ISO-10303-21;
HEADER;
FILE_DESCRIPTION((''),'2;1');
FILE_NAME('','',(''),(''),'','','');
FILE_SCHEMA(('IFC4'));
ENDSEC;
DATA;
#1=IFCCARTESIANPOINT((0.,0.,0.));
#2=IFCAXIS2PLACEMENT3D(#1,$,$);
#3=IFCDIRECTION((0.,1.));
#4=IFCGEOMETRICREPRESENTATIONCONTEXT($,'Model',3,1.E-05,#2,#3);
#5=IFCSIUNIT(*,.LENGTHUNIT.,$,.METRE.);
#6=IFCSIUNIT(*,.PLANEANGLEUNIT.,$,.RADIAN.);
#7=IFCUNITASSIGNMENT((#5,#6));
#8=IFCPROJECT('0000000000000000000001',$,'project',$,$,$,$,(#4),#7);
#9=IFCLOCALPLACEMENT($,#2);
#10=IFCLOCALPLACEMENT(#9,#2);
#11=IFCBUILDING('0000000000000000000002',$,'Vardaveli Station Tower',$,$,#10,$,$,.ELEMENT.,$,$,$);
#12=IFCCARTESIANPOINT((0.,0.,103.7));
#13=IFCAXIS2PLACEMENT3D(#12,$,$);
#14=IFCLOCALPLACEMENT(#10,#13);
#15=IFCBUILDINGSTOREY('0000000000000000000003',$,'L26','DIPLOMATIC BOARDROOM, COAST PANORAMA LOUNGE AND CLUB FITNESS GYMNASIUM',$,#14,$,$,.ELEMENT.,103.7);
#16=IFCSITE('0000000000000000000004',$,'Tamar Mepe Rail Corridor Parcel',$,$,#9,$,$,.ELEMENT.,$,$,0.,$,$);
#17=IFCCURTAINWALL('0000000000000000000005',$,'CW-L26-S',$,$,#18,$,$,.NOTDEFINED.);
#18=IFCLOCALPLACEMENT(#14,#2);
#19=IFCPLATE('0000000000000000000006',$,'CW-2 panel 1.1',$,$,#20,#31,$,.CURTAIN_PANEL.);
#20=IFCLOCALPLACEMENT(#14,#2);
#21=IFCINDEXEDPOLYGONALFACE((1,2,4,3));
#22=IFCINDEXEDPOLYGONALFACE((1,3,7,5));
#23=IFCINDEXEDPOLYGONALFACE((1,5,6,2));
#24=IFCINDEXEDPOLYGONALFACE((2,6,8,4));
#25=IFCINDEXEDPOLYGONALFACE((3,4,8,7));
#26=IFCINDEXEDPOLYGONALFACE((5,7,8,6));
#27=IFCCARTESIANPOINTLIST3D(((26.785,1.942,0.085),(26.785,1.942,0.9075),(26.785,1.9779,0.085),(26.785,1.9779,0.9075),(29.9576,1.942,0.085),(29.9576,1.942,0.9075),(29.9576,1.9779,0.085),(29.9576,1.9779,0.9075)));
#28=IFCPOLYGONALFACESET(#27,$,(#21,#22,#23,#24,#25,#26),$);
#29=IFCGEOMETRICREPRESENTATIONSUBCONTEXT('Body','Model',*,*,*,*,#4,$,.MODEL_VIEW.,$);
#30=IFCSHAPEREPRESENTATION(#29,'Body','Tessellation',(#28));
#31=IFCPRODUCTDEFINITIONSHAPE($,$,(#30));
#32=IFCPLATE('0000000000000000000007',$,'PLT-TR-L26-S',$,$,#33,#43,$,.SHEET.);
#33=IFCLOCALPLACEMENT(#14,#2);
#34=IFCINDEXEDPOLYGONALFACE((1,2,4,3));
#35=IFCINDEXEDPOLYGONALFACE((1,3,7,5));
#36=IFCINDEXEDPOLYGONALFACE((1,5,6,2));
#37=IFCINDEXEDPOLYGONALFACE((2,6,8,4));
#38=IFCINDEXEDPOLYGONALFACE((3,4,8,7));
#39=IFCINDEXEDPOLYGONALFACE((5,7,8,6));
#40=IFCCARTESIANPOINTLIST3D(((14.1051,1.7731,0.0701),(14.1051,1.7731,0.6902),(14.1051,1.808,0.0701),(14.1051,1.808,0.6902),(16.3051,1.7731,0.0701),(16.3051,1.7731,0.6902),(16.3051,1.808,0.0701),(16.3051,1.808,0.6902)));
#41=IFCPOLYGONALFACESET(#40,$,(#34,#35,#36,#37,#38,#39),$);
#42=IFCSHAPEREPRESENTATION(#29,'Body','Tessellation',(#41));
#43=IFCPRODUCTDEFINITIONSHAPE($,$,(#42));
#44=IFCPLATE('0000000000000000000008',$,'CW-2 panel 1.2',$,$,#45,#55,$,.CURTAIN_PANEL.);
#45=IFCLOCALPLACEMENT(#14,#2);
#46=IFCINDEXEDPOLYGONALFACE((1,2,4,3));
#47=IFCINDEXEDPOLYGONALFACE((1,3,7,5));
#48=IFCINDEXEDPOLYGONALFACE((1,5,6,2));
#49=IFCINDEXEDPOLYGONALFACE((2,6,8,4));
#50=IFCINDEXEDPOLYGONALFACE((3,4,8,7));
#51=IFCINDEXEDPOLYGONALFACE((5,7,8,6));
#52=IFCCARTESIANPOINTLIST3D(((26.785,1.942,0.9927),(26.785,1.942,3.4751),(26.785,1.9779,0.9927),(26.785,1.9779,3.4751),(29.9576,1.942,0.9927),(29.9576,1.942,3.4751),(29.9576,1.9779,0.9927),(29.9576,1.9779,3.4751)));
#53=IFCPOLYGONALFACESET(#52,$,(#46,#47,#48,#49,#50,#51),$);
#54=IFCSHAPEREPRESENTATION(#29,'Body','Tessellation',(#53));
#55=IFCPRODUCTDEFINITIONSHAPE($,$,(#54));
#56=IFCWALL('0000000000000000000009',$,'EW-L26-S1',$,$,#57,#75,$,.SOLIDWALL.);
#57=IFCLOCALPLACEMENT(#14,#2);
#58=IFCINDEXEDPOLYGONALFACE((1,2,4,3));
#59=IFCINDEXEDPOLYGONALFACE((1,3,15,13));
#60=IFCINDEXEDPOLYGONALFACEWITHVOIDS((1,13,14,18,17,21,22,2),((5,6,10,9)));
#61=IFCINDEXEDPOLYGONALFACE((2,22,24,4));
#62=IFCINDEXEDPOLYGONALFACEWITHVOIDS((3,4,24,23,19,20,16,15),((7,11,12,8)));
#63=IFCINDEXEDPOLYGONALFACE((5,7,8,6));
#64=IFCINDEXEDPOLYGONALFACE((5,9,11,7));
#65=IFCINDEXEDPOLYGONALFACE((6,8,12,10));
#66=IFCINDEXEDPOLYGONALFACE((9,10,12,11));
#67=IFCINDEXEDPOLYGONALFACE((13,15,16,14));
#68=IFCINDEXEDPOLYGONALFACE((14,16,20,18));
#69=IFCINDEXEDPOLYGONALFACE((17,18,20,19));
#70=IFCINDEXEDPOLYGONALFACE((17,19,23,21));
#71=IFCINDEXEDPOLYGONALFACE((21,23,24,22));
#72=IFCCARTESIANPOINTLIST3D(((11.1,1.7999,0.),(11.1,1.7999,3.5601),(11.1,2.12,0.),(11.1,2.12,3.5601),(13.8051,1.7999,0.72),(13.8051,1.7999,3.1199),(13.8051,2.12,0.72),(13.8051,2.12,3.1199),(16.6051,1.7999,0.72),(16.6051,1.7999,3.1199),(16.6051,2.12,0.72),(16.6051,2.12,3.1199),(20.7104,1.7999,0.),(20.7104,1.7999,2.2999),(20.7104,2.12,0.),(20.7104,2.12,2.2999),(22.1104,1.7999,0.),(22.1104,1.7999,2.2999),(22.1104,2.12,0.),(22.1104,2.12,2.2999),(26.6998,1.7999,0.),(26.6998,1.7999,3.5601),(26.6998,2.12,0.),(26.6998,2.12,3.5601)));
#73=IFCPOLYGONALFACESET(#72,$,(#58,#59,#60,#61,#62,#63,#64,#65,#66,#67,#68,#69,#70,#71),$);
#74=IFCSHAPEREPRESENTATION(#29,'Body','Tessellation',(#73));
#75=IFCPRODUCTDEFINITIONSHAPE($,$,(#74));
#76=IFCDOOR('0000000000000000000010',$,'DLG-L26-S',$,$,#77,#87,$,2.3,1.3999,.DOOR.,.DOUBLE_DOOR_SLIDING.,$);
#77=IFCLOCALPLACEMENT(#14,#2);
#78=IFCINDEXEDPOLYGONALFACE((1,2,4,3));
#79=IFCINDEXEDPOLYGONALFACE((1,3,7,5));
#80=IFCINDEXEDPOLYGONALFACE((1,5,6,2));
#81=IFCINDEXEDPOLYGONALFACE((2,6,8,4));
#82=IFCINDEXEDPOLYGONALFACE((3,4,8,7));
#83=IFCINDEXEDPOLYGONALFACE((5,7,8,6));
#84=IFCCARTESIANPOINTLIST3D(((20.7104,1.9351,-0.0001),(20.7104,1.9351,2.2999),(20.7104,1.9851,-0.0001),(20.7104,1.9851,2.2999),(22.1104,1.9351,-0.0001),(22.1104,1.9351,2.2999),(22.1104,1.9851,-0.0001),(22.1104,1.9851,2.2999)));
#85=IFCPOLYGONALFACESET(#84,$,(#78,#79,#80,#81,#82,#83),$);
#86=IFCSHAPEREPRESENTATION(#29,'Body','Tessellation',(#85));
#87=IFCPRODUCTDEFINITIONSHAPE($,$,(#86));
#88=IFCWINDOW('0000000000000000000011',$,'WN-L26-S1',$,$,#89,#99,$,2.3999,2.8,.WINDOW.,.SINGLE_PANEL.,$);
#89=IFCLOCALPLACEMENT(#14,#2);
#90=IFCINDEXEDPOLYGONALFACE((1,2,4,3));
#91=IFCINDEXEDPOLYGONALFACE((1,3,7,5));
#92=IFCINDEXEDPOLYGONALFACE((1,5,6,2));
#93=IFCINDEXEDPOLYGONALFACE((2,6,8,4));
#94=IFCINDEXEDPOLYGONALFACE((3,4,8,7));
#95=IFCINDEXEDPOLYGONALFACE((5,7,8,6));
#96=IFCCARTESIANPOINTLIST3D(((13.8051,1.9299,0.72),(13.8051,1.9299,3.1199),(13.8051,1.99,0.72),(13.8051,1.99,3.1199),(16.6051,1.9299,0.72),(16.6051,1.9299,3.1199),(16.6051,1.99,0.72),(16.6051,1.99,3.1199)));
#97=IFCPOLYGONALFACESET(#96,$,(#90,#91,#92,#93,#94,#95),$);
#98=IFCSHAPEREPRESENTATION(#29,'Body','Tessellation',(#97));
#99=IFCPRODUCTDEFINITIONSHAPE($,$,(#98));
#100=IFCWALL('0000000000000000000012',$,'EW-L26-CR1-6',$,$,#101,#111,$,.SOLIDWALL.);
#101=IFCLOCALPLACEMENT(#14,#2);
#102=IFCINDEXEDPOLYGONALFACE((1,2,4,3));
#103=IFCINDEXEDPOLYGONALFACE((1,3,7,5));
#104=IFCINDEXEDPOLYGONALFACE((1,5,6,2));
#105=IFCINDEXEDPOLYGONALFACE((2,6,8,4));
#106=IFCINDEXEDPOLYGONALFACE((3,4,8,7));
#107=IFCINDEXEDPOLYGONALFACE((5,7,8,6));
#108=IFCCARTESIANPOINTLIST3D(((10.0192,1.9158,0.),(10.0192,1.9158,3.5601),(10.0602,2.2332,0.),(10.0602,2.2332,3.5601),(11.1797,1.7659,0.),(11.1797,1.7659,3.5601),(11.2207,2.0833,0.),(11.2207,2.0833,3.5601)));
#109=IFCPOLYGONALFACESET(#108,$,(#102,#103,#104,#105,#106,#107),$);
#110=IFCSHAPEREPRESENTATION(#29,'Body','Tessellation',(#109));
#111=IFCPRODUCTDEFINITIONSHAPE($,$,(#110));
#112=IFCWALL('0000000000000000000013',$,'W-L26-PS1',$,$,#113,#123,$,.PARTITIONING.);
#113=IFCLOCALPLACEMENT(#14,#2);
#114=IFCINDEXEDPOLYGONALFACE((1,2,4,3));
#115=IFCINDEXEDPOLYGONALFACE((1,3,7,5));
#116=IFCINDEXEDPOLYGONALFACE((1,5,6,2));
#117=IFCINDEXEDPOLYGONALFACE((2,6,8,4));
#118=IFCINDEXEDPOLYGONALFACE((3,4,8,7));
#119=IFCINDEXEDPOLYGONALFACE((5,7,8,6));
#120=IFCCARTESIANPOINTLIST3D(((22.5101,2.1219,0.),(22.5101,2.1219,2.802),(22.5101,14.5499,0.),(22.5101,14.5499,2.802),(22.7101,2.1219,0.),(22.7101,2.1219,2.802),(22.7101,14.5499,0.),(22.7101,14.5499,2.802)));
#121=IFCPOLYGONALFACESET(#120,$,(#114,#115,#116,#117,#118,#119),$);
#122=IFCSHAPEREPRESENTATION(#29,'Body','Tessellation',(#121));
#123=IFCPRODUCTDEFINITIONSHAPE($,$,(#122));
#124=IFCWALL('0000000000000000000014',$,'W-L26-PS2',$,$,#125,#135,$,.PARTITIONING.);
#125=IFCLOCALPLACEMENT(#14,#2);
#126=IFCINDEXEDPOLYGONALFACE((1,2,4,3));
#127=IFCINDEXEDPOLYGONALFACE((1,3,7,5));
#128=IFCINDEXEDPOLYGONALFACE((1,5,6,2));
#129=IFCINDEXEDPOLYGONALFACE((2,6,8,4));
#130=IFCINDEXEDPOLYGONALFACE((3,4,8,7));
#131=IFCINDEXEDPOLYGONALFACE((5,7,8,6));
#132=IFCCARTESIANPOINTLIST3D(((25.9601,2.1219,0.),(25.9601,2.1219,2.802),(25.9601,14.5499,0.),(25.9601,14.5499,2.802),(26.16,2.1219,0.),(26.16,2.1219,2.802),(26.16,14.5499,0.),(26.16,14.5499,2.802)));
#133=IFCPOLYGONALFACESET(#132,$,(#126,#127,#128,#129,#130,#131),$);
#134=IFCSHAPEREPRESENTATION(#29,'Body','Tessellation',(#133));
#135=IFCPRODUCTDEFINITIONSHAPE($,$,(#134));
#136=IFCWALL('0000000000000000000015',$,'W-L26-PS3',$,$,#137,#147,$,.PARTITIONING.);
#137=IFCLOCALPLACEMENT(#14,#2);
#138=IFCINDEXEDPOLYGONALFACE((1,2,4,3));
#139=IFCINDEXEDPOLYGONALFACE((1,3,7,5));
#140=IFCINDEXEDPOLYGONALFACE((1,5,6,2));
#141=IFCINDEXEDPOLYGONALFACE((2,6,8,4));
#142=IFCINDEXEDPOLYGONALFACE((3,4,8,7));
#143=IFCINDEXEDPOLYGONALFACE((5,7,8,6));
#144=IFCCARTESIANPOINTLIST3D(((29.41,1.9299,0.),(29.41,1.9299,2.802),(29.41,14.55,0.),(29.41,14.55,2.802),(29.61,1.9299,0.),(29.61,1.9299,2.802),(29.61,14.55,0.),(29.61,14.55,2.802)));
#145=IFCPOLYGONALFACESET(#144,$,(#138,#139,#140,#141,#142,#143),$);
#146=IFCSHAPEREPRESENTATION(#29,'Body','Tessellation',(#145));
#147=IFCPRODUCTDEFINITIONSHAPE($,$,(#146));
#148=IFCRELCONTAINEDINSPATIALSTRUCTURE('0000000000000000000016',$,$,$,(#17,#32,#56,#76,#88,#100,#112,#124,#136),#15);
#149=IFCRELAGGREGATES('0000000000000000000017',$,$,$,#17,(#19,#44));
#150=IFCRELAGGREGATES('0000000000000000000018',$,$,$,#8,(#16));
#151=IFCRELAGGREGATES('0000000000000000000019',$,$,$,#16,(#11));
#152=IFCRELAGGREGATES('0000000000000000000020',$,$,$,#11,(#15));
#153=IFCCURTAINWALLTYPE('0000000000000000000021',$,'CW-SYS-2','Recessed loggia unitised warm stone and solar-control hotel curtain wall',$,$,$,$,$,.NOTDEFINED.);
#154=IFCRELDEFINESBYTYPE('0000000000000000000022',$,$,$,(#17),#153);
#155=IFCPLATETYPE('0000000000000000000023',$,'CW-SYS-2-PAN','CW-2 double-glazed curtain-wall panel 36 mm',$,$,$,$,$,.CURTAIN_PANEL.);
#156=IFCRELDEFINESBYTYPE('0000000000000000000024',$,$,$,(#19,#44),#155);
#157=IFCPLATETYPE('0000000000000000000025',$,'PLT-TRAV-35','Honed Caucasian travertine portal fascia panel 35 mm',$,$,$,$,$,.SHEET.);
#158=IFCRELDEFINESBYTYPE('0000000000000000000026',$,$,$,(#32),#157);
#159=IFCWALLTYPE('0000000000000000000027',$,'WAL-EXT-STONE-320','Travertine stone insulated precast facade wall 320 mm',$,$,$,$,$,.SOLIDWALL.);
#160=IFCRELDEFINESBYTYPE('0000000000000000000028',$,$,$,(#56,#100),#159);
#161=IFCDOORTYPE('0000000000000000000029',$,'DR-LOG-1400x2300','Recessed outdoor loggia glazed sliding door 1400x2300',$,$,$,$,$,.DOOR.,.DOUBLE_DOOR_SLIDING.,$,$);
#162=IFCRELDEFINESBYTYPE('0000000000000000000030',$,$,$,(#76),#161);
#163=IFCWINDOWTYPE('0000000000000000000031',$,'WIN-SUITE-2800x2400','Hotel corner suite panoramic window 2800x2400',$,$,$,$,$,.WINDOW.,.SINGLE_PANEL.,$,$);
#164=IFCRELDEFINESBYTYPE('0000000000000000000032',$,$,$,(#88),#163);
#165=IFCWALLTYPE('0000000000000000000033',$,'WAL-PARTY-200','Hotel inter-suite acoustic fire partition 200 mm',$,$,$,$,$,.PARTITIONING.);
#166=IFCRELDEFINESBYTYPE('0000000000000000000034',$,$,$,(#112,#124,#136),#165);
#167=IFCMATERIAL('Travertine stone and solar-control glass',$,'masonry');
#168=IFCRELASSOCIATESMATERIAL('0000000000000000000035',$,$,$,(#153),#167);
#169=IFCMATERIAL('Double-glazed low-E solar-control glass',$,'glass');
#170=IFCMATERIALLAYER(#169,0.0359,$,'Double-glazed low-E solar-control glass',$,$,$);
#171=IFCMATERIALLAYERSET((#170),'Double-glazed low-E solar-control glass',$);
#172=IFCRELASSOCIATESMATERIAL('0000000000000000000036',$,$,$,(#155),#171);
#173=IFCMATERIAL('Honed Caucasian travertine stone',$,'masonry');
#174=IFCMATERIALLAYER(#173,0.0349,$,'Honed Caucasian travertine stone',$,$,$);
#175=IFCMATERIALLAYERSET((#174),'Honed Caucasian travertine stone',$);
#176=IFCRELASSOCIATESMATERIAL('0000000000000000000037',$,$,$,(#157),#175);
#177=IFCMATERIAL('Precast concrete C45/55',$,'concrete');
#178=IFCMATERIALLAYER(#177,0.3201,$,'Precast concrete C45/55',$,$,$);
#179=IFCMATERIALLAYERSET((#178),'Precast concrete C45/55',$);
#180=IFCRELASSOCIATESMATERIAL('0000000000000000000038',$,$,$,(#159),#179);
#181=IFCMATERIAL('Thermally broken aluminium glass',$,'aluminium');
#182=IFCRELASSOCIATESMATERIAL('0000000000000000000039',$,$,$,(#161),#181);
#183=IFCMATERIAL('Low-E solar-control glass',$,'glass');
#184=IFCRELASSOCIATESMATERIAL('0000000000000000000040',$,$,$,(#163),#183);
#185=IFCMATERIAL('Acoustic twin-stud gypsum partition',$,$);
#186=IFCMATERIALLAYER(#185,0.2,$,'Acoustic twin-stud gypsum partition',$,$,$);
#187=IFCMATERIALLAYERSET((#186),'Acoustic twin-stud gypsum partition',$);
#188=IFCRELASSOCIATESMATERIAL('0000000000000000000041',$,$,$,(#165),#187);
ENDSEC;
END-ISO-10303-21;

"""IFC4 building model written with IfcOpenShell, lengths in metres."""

from ifc_helpers import new_model, si_unit, direction, frame, frame_2d, origin, origin_2d, place, context, subcontext, project, spatial, rectangle, extrude, source, transform, mapped, material, layer, layer_set, type_object, element, fill, aggregate, save


model = new_model("IFC4")

# Units and contexts
model_context = context("Model", 3, precision=1e-05, world=origin(), true_north=direction((0.0, 1.0)))
body_context = subcontext(model_context, "Body", "Model", "MODEL_VIEW")
ifc_project = project(units=[si_unit("LENGTHUNIT", "METRE"), si_unit("PLANEANGLEUNIT", "RADIAN")], contexts=[model_context])

# Site, building, storey
site_placement = place(None, origin())
site = spatial("IfcSite", under=ifc_project, at=site_placement, Name="Tamar Mepe Rail Corridor Parcel", CompositionType="ELEMENT", RefElevation=0.0)
building_placement = place(site_placement, origin())
building = spatial("IfcBuilding", under=site, at=building_placement, Name="Vardaveli Station Tower", CompositionType="ELEMENT")
storey_placement = place(building_placement, frame((0.0, 0.0, 103.7)))
storey = spatial("IfcBuildingStorey", under=building, at=storey_placement, Name="L26", Description="DIPLOMATIC BOARDROOM, COAST PANORAMA LOUNGE AND CLUB FITNESS GYMNASIUM", CompositionType="ELEMENT", Elevation=103.7)

# Shared definitions
ifc_material_1 = material(Name="Precast concrete C45/55", Category="concrete")

# Curtain wall, plate
ifc_material_2 = material(Name="Travertine stone and solar-control glass", Category="masonry")
curtain_wall_type = type_object("IfcCurtainWallType", Name="CW-SYS-2", Description="Recessed loggia unitised warm stone and solar-control hotel curtain wall", PredefinedType="NOTDEFINED", material=ifc_material_2)
curtain_wall_placement = place(storey_placement, origin())
curtain_wall = element("IfcCurtainWall", 1, at=curtain_wall_placement, inside=storey, type_object=curtain_wall_type, Name="CW-L26-S", PredefinedType="NOTDEFINED")
ifc_material_3 = material(Name="Double-glazed low-E solar-control glass", Category="glass")
ifc_layer_1 = layer(ifc_material_3, 0.0359, Name="Double-glazed low-E solar-control glass")
ifc_layer_set_1 = layer_set([ifc_layer_1], Name="Double-glazed low-E solar-control glass")
plate_type_1 = type_object("IfcPlateType", Name="CW-SYS-2-PAN", Description="CW-2 double-glazed curtain-wall panel 36 mm", PredefinedType="CURTAIN_PANEL", material=ifc_layer_set_1)
shared_shape_1 = source(origin(), body_context, "Body", "SweptSolid", [
    extrude(rectangle(XDim=3.1726, YDim=0.0359, at=origin_2d()), origin(), (0.0, 0.0, 1.0), 0.8225),
])
plate_1_placement = place(storey_placement, frame((28.3713, 1.96, 0.085), z_axis=(0.0, 0.0, 1.0), x_axis=(1.0, 0.0, 0.0)))
plate_1 = element("IfcPlate", 2, at=plate_1_placement, type_object=plate_type_1, Name="CW-2 panel 1.1", PredefinedType="CURTAIN_PANEL", context=body_context, shape_type="MappedRepresentation", body=[
    mapped(shared_shape_1, transform((0.0, 0.0, 0.0), scale=1.0)),
])

# Plates
ifc_material_4 = material(Name="Honed Caucasian travertine stone", Category="masonry")
ifc_layer_2 = layer(ifc_material_4, 0.0349, Name="Honed Caucasian travertine stone")
ifc_layer_set_2 = layer_set([ifc_layer_2], Name="Honed Caucasian travertine stone")
plate_type_2 = type_object("IfcPlateType", Name="PLT-TRAV-35", Description="Honed Caucasian travertine portal fascia panel 35 mm", PredefinedType="SHEET", material=ifc_layer_set_2)
shared_shape_2 = source(origin(), body_context, "Body", "SweptSolid", [
    extrude(rectangle(XDim=2.2, YDim=0.0349, at=origin_2d()), origin(), (0.0, 0.0, 1.0), 0.6201),
])
plate_2_placement = place(storey_placement, frame((15.2051, 1.7905, 0.0701), z_axis=(0.0, 0.0, 1.0), x_axis=(1.0, 0.0, 0.0)))
element("IfcPlate", 3, at=plate_2_placement, inside=storey, type_object=plate_type_2, Name="PLT-TR-L26-S", PredefinedType="SHEET", context=body_context, shape_type="MappedRepresentation", body=[
    mapped(shared_shape_2, transform((0.0, 0.0, 0.0), scale=1.0)),
])
shared_shape_3 = source(origin(), body_context, "Body", "SweptSolid", [
    extrude(rectangle(XDim=3.1726, YDim=0.0359, at=origin_2d()), origin(), (0.0, 0.0, 1.0), 2.4824),
])
plate_3_placement = place(storey_placement, frame((28.3713, 1.96, 0.9927), z_axis=(0.0, 0.0, 1.0), x_axis=(1.0, 0.0, 0.0)))
plate_3 = element("IfcPlate", 4, at=plate_3_placement, type_object=plate_type_1, Name="CW-2 panel 1.2", PredefinedType="CURTAIN_PANEL", context=body_context, shape_type="MappedRepresentation", body=[
    mapped(shared_shape_3, transform((0.0, 0.0, 0.0), scale=1.0)),
])
aggregate(curtain_wall, [plate_1, plate_3])

# Wall, openings, door, window
ifc_layer_3 = layer(ifc_material_1, 0.3201, Name="Precast concrete C45/55")
ifc_layer_set_3 = layer_set([ifc_layer_3], Name="Precast concrete C45/55")
wall_type_1 = type_object("IfcWallType", Name="WAL-EXT-STONE-320", Description="Travertine stone insulated precast facade wall 320 mm", PredefinedType="SOLIDWALL", material=ifc_layer_set_3)
shared_shape_4 = source(origin(), body_context, "Body", "SweptSolid", [
    extrude(rectangle(XDim=15.5999, YDim=0.3201, at=frame_2d((7.7998, 0.0))), origin(), (0.0, 0.0, 1.0), 3.5601),
])
wall_1_placement = place(storey_placement, frame((11.1001, 1.96, 0.0), z_axis=(0.0, 0.0, 1.0), x_axis=(1.0, 0.0, 0.0)))
wall_1 = element("IfcWall", 5, at=wall_1_placement, inside=storey, type_object=wall_type_1, Name="EW-L26-S1", PredefinedType="SOLIDWALL", context=body_context, shape_type="MappedRepresentation", body=[
    mapped(shared_shape_4, transform((0.0, 0.0, 0.0), scale=1.0)),
])
shared_shape_5 = source(origin(), body_context, "Body", "SweptSolid", [
    extrude(rectangle(XDim=1.3999, YDim=2.3, at=frame_2d((0.7, 1.1499))), frame((0.0, 0.1699, 0.0), z_axis=(0.0, -1.0, 0.0), x_axis=(1.0, 0.0, 0.0)), (0.0, 0.0, 1.0), 0.3401),
])
opening_1_placement = place(wall_1_placement, frame((9.6104, 0.0, 0.0)))
opening_1 = element("IfcOpeningElement", 6, at=opening_1_placement, cuts=wall_1, PredefinedType="OPENING", context=body_context, shape_type="MappedRepresentation", body=[
    mapped(shared_shape_5, transform((0.0, 0.0, 0.0), scale=1.0)),
])
shared_shape_6 = source(origin(), body_context, "Body", "SweptSolid", [
    extrude(rectangle(XDim=2.8, YDim=2.3999, at=frame_2d((1.3999, 1.2))), frame((0.0, 0.1699, 0.0), z_axis=(0.0, -1.0, 0.0), x_axis=(1.0, 0.0, 0.0)), (0.0, 0.0, 1.0), 0.3401),
])
opening_2_placement = place(wall_1_placement, frame((2.7051, 0.0, 0.72)))
opening_2 = element("IfcOpeningElement", 7, at=opening_2_placement, cuts=wall_1, PredefinedType="OPENING", context=body_context, shape_type="MappedRepresentation", body=[
    mapped(shared_shape_6, transform((0.0, 0.0, 0.0), scale=1.0)),
])
ifc_material_5 = material(Name="Thermally broken aluminium glass", Category="aluminium")
door_type = type_object("IfcDoorType", Name="DR-LOG-1400x2300", Description="Recessed outdoor loggia glazed sliding door 1400x2300", OperationType="DOUBLE_DOOR_SLIDING", PredefinedType="DOOR", material=ifc_material_5)
shared_shape_7 = source(origin(), body_context, "Body", "SweptSolid", [
    extrude(rectangle(XDim=1.3999, YDim=2.3, at=frame_2d((0.7, 1.1499))), frame((0.0, 0.0249, 0.0), z_axis=(0.0, -1.0, 0.0), x_axis=(1.0, 0.0, 0.0)), (0.0, 0.0, 1.0), 0.05),
])
door_placement = place(opening_1_placement, frame((1.3999, 0.0, 0.0), z_axis=(0.0, 0.0, 1.0), x_axis=(-1.0, 0.0, 0.0)))
door = element("IfcDoor", 8, at=door_placement, inside=storey, type_object=door_type, Name="DLG-L26-S", OperationType="DOUBLE_DOOR_SLIDING", OverallHeight=2.3, OverallWidth=1.3999, PredefinedType="DOOR", context=body_context, shape_type="MappedRepresentation", body=[
    mapped(shared_shape_7, transform((0.0, 0.0, 0.0), scale=1.0)),
])
fill(opening_1, door)
ifc_material_6 = material(Name="Low-E solar-control glass", Category="glass")
window_type = type_object("IfcWindowType", Name="WIN-SUITE-2800x2400", Description="Hotel corner suite panoramic window 2800x2400", PartitioningType="SINGLE_PANEL", PredefinedType="WINDOW", material=ifc_material_6)
shared_shape_8 = source(origin(), body_context, "Body", "SweptSolid", [
    extrude(rectangle(XDim=2.8, YDim=2.3999, at=frame_2d((1.3999, 1.2))), frame((0.0, 0.03, 0.0), z_axis=(0.0, -1.0, 0.0), x_axis=(1.0, 0.0, 0.0)), (0.0, 0.0, 1.0), 0.0601),
])
window_placement = place(opening_2_placement, origin())
window = element("IfcWindow", 9, at=window_placement, inside=storey, type_object=window_type, Name="WN-L26-S1", OverallHeight=2.3999, OverallWidth=2.8, PartitioningType="SINGLE_PANEL", PredefinedType="WINDOW", context=body_context, shape_type="MappedRepresentation", body=[
    mapped(shared_shape_8, transform((0.0, 0.0, 0.0), scale=1.0)),
])
fill(opening_2, window)

# Walls
shared_shape_9 = source(origin(), body_context, "Body", "SweptSolid", [
    extrude(rectangle(XDim=1.1702, YDim=0.3201, at=frame_2d((0.585, 0.0))), origin(), (0.0, 0.0, 1.0), 3.5601),
])
wall_2_placement = place(storey_placement, frame((10.0398, 2.0745, 0.0), z_axis=(0.0, 0.0, 1.0), x_axis=(0.991762, -0.12809, 0.0)))
element("IfcWall", 10, at=wall_2_placement, inside=storey, type_object=wall_type_1, Name="EW-L26-CR1-6", PredefinedType="SOLIDWALL", context=body_context, shape_type="MappedRepresentation", body=[
    mapped(shared_shape_9, transform((0.0, 0.0, 0.0), scale=1.0)),
])
ifc_material_7 = material(Name="Acoustic twin-stud gypsum partition")
ifc_layer_4 = layer(ifc_material_7, 0.2, Name="Acoustic twin-stud gypsum partition")
ifc_layer_set_4 = layer_set([ifc_layer_4], Name="Acoustic twin-stud gypsum partition")
wall_type_2 = type_object("IfcWallType", Name="WAL-PARTY-200", Description="Hotel inter-suite acoustic fire partition 200 mm", PredefinedType="PARTITIONING", material=ifc_layer_set_4)
shared_shape_10 = source(origin(), body_context, "Body", "SweptSolid", [
    extrude(rectangle(XDim=12.428, YDim=0.2, at=frame_2d((6.2139, 0.0))), origin(), (0.0, 0.0, 1.0), 2.802),
])
for number, where, z_axis, x_axis, name in (
    (11, (22.6101, 2.1221, 0.0), (0.0, 0.0, 1.0), (0.0, 1.0, 0.0), "W-L26-PS1"),
    (12, (26.0601, 2.1221, 0.0), (0.0, 0.0, 1.0), (0.0, 1.0, 0.0), "W-L26-PS2"),
):
    element("IfcWall", number, at=place(storey_placement, frame(where, z_axis=z_axis, x_axis=x_axis)), inside=storey, type_object=wall_type_2, Name=name, PredefinedType="PARTITIONING", context=body_context, shape_type="MappedRepresentation", body=[
        mapped(shared_shape_10, transform((0.0, 0.0, 0.0), scale=1.0)),
    ])
shared_shape_11 = source(origin(), body_context, "Body", "SweptSolid", [
    extrude(rectangle(XDim=12.6201, YDim=0.2, at=frame_2d((6.3101, 0.0))), origin(), (0.0, 0.0, 1.0), 2.802),
])
wall_3_placement = place(storey_placement, frame((29.51, 1.9299, 0.0), z_axis=(0.0, 0.0, 1.0), x_axis=(0.0, 1.0, 0.0)))
element("IfcWall", 13, at=wall_3_placement, inside=storey, type_object=wall_type_2, Name="W-L26-PS3", PredefinedType="PARTITIONING", context=body_context, shape_type="MappedRepresentation", body=[
    mapped(shared_shape_11, transform((0.0, 0.0, 0.0), scale=1.0)),
])

save(model, "model.ifc")
